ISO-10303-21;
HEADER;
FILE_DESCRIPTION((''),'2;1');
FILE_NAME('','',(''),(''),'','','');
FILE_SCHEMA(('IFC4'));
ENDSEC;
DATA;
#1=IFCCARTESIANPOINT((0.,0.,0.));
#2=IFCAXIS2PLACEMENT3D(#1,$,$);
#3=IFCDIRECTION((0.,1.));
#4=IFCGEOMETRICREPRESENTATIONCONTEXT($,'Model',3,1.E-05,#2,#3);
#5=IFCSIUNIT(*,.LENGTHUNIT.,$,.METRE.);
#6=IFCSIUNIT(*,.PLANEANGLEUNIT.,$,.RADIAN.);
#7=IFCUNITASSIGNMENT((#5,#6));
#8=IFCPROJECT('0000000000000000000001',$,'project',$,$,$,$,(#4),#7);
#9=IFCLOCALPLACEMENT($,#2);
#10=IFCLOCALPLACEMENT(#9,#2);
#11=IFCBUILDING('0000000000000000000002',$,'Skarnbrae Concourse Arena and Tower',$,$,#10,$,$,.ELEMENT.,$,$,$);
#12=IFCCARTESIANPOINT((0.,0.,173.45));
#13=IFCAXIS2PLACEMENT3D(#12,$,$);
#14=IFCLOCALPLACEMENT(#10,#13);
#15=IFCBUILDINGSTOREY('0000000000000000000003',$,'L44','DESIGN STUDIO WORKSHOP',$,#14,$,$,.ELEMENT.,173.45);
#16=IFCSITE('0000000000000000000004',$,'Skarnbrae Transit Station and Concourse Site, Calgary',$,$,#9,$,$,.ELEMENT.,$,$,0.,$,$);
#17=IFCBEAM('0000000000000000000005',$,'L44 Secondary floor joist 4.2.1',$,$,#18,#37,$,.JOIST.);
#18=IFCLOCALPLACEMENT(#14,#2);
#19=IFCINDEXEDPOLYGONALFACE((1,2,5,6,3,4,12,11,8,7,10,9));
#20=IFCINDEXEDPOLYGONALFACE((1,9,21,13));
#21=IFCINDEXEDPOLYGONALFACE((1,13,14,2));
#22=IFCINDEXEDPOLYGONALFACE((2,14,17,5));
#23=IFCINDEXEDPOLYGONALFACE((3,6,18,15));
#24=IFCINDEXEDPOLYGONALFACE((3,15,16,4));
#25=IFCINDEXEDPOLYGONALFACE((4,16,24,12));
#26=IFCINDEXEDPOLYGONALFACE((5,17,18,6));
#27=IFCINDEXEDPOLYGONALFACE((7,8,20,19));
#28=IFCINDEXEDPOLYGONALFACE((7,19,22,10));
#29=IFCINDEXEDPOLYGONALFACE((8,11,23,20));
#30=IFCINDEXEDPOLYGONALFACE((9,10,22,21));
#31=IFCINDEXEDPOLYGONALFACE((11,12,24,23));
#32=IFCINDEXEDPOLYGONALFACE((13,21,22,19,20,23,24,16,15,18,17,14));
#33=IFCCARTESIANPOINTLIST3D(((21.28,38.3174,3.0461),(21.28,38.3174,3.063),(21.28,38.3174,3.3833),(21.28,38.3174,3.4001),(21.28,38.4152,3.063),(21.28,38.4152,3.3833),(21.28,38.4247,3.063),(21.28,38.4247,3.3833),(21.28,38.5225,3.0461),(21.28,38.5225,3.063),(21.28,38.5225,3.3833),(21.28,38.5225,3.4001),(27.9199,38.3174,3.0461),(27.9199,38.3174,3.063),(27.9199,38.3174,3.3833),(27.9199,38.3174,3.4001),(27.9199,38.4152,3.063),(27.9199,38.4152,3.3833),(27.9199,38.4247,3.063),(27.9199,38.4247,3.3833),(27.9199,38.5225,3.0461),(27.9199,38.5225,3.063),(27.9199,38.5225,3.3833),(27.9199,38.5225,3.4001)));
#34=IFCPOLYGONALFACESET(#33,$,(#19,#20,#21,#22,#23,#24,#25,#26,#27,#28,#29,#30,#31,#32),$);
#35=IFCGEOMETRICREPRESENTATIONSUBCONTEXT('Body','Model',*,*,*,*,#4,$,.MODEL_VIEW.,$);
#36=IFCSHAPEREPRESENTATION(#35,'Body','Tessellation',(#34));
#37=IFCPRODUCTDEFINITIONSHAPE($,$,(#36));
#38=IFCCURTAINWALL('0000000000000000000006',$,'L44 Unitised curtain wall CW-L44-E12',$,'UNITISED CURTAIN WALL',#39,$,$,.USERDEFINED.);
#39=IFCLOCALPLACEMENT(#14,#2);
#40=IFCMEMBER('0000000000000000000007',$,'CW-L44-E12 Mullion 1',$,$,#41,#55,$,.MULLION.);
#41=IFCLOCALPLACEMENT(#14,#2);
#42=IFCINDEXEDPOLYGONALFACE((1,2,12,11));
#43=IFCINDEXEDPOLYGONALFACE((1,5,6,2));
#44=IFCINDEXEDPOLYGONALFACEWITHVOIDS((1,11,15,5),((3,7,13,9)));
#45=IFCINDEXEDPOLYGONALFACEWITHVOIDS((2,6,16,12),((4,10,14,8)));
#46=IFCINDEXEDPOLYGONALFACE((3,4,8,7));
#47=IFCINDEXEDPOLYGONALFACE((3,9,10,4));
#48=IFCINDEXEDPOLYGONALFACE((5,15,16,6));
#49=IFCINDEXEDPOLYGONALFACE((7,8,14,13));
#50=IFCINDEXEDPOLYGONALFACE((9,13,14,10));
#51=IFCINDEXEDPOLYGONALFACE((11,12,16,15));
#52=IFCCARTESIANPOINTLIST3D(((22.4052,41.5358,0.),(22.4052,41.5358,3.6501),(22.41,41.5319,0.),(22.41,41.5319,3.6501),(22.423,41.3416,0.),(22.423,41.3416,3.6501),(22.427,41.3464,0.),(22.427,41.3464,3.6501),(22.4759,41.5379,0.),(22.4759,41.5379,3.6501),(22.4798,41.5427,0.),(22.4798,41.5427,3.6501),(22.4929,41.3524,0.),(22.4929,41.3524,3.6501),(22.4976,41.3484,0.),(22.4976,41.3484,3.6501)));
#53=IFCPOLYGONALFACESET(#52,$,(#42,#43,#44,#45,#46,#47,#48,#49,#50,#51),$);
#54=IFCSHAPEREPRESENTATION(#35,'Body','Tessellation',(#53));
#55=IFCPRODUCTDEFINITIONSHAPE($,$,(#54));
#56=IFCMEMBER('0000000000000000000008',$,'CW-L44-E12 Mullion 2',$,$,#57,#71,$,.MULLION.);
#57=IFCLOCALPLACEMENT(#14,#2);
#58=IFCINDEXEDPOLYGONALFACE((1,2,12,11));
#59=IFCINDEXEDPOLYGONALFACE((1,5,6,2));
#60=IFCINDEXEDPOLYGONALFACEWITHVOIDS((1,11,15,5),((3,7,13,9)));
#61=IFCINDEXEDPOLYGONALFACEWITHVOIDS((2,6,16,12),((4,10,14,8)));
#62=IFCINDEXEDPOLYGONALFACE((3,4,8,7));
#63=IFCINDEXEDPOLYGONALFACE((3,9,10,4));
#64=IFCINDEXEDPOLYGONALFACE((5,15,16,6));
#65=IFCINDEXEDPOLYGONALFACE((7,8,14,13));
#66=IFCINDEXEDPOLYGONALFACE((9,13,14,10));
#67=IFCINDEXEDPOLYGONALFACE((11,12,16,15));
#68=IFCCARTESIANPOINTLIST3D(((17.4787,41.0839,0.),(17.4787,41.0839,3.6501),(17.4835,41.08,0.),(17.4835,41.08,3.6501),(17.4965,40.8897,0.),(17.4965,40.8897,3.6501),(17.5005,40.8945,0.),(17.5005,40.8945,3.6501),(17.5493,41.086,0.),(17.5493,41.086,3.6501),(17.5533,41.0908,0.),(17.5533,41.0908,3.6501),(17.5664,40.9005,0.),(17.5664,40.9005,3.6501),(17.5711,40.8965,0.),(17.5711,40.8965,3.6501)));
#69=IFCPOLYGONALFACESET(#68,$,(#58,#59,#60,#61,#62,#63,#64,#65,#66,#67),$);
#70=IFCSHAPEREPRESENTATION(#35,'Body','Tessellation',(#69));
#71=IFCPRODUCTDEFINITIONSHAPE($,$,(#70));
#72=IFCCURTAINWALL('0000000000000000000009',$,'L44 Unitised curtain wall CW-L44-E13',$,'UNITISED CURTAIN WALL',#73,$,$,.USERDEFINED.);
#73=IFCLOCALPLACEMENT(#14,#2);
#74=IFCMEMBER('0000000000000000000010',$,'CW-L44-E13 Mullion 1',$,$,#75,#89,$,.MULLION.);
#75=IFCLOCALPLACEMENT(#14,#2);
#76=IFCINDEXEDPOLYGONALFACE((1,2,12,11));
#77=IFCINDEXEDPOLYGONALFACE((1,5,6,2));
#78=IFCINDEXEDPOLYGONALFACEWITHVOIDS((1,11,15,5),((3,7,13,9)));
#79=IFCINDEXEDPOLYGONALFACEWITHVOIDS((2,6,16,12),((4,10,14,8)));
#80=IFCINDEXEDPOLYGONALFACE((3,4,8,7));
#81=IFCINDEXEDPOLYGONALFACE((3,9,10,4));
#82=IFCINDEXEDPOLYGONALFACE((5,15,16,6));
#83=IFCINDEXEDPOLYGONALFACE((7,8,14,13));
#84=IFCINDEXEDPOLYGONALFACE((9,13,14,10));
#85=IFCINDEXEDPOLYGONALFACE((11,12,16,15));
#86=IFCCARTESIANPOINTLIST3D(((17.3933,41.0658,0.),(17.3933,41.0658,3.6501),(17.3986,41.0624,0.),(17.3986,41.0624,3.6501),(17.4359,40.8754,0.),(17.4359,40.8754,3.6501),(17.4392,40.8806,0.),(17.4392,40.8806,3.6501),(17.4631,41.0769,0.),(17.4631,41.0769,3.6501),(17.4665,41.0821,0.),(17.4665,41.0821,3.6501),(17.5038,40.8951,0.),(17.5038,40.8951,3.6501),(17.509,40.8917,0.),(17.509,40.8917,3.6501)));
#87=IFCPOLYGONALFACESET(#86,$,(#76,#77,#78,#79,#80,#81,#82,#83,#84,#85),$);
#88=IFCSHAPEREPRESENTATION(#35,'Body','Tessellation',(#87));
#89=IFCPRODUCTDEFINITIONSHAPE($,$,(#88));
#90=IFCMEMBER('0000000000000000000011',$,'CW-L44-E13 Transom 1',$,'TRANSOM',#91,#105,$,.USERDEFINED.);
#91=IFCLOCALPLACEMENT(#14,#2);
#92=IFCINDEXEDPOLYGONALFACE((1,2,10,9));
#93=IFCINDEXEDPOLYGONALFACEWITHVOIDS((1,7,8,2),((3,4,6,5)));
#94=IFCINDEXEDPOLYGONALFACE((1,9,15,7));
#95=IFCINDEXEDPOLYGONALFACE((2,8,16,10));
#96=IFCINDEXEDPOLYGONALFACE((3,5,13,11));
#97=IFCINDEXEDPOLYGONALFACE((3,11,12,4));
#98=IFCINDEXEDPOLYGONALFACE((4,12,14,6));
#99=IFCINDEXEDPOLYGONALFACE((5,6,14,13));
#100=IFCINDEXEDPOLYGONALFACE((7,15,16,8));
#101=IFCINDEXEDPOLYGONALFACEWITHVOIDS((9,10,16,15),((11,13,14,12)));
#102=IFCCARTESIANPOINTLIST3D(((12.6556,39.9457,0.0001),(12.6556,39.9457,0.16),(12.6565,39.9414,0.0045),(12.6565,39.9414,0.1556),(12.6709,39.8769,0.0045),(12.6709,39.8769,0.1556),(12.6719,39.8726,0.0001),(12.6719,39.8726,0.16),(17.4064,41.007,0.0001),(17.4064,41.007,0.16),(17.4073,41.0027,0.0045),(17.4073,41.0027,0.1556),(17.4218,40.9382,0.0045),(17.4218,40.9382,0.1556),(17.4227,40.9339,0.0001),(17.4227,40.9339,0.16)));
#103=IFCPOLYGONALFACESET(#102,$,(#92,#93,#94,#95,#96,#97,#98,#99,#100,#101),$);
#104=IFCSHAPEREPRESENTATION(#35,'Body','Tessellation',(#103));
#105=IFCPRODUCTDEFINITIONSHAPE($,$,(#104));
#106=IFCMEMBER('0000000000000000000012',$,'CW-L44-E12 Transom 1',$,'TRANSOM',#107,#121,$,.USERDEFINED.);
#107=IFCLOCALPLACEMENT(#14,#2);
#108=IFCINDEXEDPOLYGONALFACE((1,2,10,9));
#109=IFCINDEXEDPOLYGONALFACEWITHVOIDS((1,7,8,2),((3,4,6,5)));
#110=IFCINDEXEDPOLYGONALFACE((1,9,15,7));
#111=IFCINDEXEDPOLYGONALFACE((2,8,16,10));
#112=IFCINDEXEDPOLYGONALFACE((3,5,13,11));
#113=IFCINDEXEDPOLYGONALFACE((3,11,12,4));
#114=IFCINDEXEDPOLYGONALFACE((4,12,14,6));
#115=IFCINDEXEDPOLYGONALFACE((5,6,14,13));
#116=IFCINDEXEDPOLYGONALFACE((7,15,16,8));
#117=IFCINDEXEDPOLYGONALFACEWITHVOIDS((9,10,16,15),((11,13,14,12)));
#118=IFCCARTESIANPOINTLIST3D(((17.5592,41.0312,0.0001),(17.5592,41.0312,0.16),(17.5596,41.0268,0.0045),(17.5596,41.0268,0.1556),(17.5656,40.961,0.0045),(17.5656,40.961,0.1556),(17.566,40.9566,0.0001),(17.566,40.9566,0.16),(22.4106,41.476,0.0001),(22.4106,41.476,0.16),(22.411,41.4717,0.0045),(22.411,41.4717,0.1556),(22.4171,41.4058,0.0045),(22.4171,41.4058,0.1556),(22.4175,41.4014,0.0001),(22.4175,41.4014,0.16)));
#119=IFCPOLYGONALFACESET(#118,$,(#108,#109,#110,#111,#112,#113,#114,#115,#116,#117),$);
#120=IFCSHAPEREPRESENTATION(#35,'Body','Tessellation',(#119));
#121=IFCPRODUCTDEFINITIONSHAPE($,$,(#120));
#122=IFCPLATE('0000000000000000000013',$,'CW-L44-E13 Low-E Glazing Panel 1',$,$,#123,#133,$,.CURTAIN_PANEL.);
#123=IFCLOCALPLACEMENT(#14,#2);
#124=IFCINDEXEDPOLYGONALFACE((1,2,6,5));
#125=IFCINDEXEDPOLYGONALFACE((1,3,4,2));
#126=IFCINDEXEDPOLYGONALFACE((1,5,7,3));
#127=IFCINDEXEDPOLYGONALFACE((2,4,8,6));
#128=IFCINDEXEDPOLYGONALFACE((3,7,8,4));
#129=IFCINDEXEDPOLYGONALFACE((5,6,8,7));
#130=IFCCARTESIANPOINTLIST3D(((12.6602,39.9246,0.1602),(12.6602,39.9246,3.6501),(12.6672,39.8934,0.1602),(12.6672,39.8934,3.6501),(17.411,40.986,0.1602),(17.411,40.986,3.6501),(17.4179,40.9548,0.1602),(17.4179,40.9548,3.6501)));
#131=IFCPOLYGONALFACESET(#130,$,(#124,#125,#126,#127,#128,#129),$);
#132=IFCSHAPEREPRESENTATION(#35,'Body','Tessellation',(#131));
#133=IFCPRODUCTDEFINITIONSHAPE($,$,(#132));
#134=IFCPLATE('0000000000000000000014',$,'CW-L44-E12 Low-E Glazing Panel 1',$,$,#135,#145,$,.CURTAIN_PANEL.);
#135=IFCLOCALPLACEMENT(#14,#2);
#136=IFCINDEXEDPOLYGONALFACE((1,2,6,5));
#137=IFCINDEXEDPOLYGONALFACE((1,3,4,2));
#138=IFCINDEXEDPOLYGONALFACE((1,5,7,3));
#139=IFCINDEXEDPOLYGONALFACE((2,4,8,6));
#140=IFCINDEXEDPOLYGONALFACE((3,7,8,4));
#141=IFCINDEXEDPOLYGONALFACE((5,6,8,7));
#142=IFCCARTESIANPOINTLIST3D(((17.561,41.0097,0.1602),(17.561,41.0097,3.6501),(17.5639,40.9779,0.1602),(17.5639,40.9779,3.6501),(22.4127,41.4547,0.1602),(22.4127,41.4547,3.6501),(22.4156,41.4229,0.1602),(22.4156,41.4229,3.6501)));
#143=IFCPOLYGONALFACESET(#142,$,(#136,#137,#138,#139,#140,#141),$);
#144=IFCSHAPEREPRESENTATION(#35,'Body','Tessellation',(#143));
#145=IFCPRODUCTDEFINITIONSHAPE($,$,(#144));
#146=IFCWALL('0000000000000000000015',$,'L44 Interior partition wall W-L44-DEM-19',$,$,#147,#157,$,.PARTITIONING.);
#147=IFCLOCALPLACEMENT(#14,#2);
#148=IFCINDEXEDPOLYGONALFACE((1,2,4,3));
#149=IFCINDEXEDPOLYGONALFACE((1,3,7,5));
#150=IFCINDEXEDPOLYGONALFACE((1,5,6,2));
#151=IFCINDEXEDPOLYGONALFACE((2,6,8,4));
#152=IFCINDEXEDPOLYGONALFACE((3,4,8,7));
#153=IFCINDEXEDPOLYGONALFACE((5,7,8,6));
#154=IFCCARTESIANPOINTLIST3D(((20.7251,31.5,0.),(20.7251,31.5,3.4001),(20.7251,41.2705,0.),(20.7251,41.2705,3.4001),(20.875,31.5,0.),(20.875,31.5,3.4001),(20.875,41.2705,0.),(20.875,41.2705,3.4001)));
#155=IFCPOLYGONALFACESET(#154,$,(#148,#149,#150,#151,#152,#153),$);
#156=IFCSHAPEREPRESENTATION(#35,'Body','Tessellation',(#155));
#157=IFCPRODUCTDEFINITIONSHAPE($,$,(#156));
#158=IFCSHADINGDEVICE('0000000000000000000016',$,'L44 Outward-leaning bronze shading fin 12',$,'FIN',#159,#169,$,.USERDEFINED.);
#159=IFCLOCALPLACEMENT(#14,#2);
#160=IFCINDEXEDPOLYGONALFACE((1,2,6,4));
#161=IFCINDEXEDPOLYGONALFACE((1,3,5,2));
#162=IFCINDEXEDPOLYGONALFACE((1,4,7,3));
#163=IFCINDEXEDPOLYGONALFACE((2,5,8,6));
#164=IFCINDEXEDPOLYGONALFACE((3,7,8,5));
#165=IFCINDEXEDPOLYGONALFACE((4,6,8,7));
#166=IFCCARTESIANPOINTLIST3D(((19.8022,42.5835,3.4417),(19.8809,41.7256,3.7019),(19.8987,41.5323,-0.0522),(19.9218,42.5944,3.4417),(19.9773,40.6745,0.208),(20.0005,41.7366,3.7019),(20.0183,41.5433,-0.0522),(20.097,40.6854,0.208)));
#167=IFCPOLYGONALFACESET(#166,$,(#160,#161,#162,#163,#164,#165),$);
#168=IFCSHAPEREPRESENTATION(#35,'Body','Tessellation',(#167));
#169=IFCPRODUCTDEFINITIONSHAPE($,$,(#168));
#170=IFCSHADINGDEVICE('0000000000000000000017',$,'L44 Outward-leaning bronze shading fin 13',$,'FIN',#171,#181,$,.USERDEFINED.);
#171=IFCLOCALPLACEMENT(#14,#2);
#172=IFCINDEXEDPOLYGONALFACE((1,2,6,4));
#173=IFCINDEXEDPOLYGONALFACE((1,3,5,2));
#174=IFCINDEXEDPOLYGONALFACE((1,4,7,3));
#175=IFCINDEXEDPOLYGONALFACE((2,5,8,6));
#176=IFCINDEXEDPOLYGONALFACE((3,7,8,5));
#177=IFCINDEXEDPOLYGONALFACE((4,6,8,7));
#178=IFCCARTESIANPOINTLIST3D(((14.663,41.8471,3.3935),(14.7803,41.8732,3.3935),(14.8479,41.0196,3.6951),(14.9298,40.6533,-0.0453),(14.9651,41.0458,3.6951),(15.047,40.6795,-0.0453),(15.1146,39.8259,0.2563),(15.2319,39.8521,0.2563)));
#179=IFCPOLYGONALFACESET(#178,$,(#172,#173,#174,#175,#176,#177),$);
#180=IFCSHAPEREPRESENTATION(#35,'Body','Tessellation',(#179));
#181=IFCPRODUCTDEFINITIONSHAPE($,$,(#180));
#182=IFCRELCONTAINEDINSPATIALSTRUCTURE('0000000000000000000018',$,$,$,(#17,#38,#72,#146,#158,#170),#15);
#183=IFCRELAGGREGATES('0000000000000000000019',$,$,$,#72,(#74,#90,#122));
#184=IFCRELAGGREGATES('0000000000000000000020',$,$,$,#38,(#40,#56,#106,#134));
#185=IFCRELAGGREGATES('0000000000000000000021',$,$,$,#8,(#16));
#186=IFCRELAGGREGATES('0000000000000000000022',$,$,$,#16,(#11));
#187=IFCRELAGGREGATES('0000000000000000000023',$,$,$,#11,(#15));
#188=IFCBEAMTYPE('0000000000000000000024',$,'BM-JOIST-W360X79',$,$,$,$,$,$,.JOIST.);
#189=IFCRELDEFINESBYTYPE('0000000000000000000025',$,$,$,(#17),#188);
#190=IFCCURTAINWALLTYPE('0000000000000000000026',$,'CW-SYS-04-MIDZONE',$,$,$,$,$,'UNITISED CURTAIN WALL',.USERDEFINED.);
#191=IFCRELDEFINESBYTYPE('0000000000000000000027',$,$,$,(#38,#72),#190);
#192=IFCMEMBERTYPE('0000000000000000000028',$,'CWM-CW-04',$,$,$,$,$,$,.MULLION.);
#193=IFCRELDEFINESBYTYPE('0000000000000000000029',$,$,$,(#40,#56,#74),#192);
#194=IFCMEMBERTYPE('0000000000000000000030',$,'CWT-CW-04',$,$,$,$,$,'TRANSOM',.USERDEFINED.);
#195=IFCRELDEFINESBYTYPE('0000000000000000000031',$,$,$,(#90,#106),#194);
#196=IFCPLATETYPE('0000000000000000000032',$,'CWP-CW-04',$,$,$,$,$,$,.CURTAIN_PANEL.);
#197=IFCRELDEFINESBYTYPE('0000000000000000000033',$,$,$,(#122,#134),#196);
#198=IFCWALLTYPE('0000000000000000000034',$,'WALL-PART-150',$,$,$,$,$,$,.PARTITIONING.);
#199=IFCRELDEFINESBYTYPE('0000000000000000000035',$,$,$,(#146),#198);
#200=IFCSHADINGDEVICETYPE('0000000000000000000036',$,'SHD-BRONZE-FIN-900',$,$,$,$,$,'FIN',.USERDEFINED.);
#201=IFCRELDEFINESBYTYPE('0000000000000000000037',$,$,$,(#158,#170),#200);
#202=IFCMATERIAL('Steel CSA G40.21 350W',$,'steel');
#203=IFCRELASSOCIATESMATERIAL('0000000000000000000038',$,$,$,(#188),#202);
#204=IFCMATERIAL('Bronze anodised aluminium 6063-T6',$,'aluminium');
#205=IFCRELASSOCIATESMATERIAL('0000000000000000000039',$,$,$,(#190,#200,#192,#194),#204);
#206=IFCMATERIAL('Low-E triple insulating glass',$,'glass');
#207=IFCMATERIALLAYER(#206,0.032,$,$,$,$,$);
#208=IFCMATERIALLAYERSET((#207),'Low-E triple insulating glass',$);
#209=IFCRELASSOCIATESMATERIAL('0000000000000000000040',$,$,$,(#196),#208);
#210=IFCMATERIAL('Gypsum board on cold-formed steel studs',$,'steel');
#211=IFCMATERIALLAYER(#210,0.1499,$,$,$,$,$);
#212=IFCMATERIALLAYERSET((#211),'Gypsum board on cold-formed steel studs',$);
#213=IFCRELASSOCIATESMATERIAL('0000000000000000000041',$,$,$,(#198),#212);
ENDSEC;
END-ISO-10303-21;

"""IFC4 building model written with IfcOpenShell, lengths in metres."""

from ifc_helpers import new_model, si_unit, direction, frame, frame_2d, origin, origin_2d, place, context, subcontext, project, spatial, rectangle, hollow_rectangle, i_section, extrude, source, transform, mapped, material, layer, layer_set, material_profile, profile_set, type_object, element, aggregate, save


model = new_model("IFC4")

# Units and contexts
model_context = context("Model", 3, precision=1e-05, world=origin(), true_north=direction((0.0, 1.0)))
body_context = subcontext(model_context, "Body", "Model", "MODEL_VIEW")
ifc_project = project(units=[si_unit("LENGTHUNIT", "METRE"), si_unit("PLANEANGLEUNIT", "RADIAN")], contexts=[model_context])

# Site, building, storey
site_placement = place(None, origin())
site = spatial("IfcSite", under=ifc_project, at=site_placement, Name="Skarnbrae Transit Station and Concourse Site, Calgary", CompositionType="ELEMENT", RefElevation=0.0)
building_placement = place(site_placement, origin())
building = spatial("IfcBuilding", under=site, at=building_placement, Name="Skarnbrae Concourse Arena and Tower", CompositionType="ELEMENT")
storey_placement = place(building_placement, frame((0.0, 0.0, 173.45)))
storey = spatial("IfcBuildingStorey", under=building, at=storey_placement, Name="L44", Description="DESIGN STUDIO WORKSHOP", CompositionType="ELEMENT", Elevation=173.45)

# Shared definitions
ifc_material_1 = material(Name="Steel CSA G40.21 350W", Category="steel")

# Beam
ifc_material_profile_1 = material_profile(ifc_material_1, i_section(OverallWidth=0.2051, OverallDepth=0.354, WebThickness=0.0095, FlangeThickness=0.0168, at=origin_2d()), Name="W360X79")
ifc_profile_set_1 = profile_set([ifc_material_profile_1], Name="Steel CSA G40.21 350W")
beam_type_1 = type_object("IfcBeamType", Name="BM-JOIST-W360X79", PredefinedType="JOIST", material=ifc_profile_set_1)
shared_shape_1 = source(origin(), body_context, "Body", "SweptSolid", [
    extrude(i_section(OverallWidth=0.2051, OverallDepth=0.354, WebThickness=0.0095, FlangeThickness=0.0168, at=origin_2d()), origin(), (0.0, 0.0, 1.0), 6.6399),
])
for number, where, z_axis, x_axis, name in (
    (1, (21.28, 38.4199, 3.2231), (1.0, 0.0, 0.0), (0.0, 1.0, 0.0), "L44 Secondary floor joist 4.2.1"),
):
    element("IfcBeam", number, at=place(storey_placement, frame(where, z_axis=z_axis, x_axis=x_axis)), inside=storey, type_object=beam_type_1, Name=name, PredefinedType="JOIST", context=body_context, shape_type="MappedRepresentation", body=[
        mapped(shared_shape_1, transform((0.0, 0.0, 0.0))),
    ])

# Curtain walls, members
ifc_material_2 = material(Name="Bronze anodised aluminium 6063-T6", Category="aluminium")
curtain_wall_type = type_object("IfcCurtainWallType", Name="CW-SYS-04-MIDZONE", ElementType="UNITISED CURTAIN WALL", PredefinedType="USERDEFINED", material=ifc_material_2)
curtain_wall_1_placement = place(storey_placement, origin())
curtain_wall_1 = element("IfcCurtainWall", 2, at=curtain_wall_1_placement, inside=storey, type_object=curtain_wall_type, Name="L44 Unitised curtain wall CW-L44-E12", ObjectType="UNITISED CURTAIN WALL", PredefinedType="USERDEFINED")
ifc_material_profile_2 = material_profile(ifc_material_2, hollow_rectangle(XDim=0.075, YDim=0.1951, WallThickness=0.0044, at=origin_2d()), Name="ALU-MULL-75X195")
ifc_profile_set_2 = profile_set([ifc_material_profile_2], Name="Bronze anodised aluminium 6063-T6")
member_type_1 = type_object("IfcMemberType", Name="CWM-CW-04", PredefinedType="MULLION", material=ifc_profile_set_2)
shared_shape_2 = source(origin(), body_context, "Body", "SweptSolid", [
    extrude(hollow_rectangle(XDim=0.075, YDim=0.1951, WallThickness=0.0044, at=origin_2d()), origin(), (0.0, 0.0, 1.0), 3.6501),
])
member_1_placement = place(storey_placement, frame((22.4514, 41.4421, 0.0), z_axis=(0.0, 0.0, 1.0), x_axis=(-0.99582, -0.091338, 0.0)))
member_1 = element("IfcMember", 3, at=member_1_placement, type_object=member_type_1, Name="CW-L44-E12 Mullion 1", PredefinedType="MULLION", context=body_context, shape_type="MappedRepresentation", body=[
    mapped(shared_shape_2, transform((0.0, 0.0, 0.0))),
])
member_2_placement = place(storey_placement, frame((17.5249, 40.9902, 0.0), z_axis=(0.0, 0.0, 1.0), x_axis=(-0.99582, -0.091338, 0.0)))
member_2 = element("IfcMember", 4, at=member_2_placement, type_object=member_type_1, Name="CW-L44-E12 Mullion 2", PredefinedType="MULLION", context=body_context, shape_type="MappedRepresentation", body=[
    mapped(shared_shape_2, transform((0.0, 0.0, 0.0))),
])
curtain_wall_2_placement = place(storey_placement, origin())
curtain_wall_2 = element("IfcCurtainWall", 5, at=curtain_wall_2_placement, inside=storey, type_object=curtain_wall_type, Name="L44 Unitised curtain wall CW-L44-E13", ObjectType="UNITISED CURTAIN WALL", PredefinedType="USERDEFINED")
member_3_placement = place(storey_placement, frame((17.4512, 40.9788, 0.0), z_axis=(0.0, 0.0, 1.0), x_axis=(-0.975936, -0.218056, 0.0)))
member_3 = element("IfcMember", 6, at=member_3_placement, type_object=member_type_1, Name="CW-L44-E13 Mullion 1", PredefinedType="MULLION", context=body_context, shape_type="MappedRepresentation", body=[
    mapped(shared_shape_2, transform((0.0, 0.0, 0.0))),
])
ifc_material_profile_3 = material_profile(ifc_material_2, hollow_rectangle(XDim=0.075, YDim=0.1599, WallThickness=0.0044, at=origin_2d()), Name="ALU-TRAN-75X160")
ifc_profile_set_3 = profile_set([ifc_material_profile_3], Name="Bronze anodised aluminium 6063-T6")
member_type_2 = type_object("IfcMemberType", Name="CWT-CW-04", ElementType="TRANSOM", PredefinedType="USERDEFINED", material=ifc_profile_set_3)
shared_shape_3 = source(origin(), body_context, "Body", "SweptSolid", [
    extrude(hollow_rectangle(XDim=0.075, YDim=0.1599, WallThickness=0.0044, at=origin_2d()), origin(), (0.0, 0.0, 1.0), 4.8679),
])
member_4_placement = place(storey_placement, frame((17.4146, 40.9705, 0.0801), z_axis=(-0.975945, -0.218019, 0.0), x_axis=(0.218019, -0.975945, 0.0)))
member_4 = element("IfcMember", 7, at=member_4_placement, type_object=member_type_2, Name="CW-L44-E13 Transom 1", ObjectType="TRANSOM", PredefinedType="USERDEFINED", context=body_context, shape_type="MappedRepresentation", body=[
    mapped(shared_shape_3, transform((0.0, 0.0, 0.0))),
])

# Member
shared_shape_4 = source(origin(), body_context, "Body", "SweptSolid", [
    extrude(hollow_rectangle(XDim=0.075, YDim=0.1599, WallThickness=0.0044, at=origin_2d()), origin(), (0.0, 0.0, 1.0), 4.8718),
])
member_5_placement = place(storey_placement, frame((22.4141, 41.4387, 0.0801), z_axis=(-0.995823, -0.091304, 0.0), x_axis=(0.091304, -0.995823, 0.0)))
member_5 = element("IfcMember", 8, at=member_5_placement, type_object=member_type_2, Name="CW-L44-E12 Transom 1", ObjectType="TRANSOM", PredefinedType="USERDEFINED", context=body_context, shape_type="MappedRepresentation", body=[
    mapped(shared_shape_4, transform((0.0, 0.0, 0.0))),
])

# Plates
ifc_material_3 = material(Name="Low-E triple insulating glass", Category="glass")
ifc_layer_1 = layer(ifc_material_3, 0.032)
ifc_layer_set_1 = layer_set([ifc_layer_1], Name="Low-E triple insulating glass")
plate_type = type_object("IfcPlateType", Name="CWP-CW-04", PredefinedType="CURTAIN_PANEL", material=ifc_layer_set_1)
shared_shape_5 = source(origin(), body_context, "Body", "SweptSolid", [
    extrude(rectangle(XDim=4.8679, YDim=0.032, at=origin_2d()), origin(), (0.0, 0.0, 1.0), 3.49),
])
plate_1_placement = place(storey_placement, frame((15.0391, 40.4397, 0.1602), z_axis=(0.0, 0.0, 1.0), x_axis=(-0.975936, -0.218056, 0.0)))
plate_1 = element("IfcPlate", 9, at=plate_1_placement, type_object=plate_type, Name="CW-L44-E13 Low-E Glazing Panel 1", PredefinedType="CURTAIN_PANEL", context=body_context, shape_type="MappedRepresentation", body=[
    mapped(shared_shape_5, transform((0.0, 0.0, 0.0))),
])
aggregate(curtain_wall_2, [member_3, member_4, plate_1])
shared_shape_6 = source(origin(), body_context, "Body", "SweptSolid", [
    extrude(rectangle(XDim=4.8721, YDim=0.032, at=origin_2d()), origin(), (0.0, 0.0, 1.0), 3.49),
])
plate_2_placement = place(storey_placement, frame((19.9883, 41.2163, 0.1602), z_axis=(0.0, 0.0, 1.0), x_axis=(-0.99582, -0.091338, 0.0)))
plate_2 = element("IfcPlate", 10, at=plate_2_placement, type_object=plate_type, Name="CW-L44-E12 Low-E Glazing Panel 1", PredefinedType="CURTAIN_PANEL", context=body_context, shape_type="MappedRepresentation", body=[
    mapped(shared_shape_6, transform((0.0, 0.0, 0.0))),
])
aggregate(curtain_wall_1, [member_1, member_2, member_5, plate_2])

# Wall
ifc_material_4 = material(Name="Gypsum board on cold-formed steel studs", Category="steel")
ifc_layer_2 = layer(ifc_material_4, 0.1499)
ifc_layer_set_2 = layer_set([ifc_layer_2], Name="Gypsum board on cold-formed steel studs")
wall_type = type_object("IfcWallType", Name="WALL-PART-150", PredefinedType="PARTITIONING", material=ifc_layer_set_2)
shared_shape_7 = source(origin(), body_context, "Body", "SweptSolid", [
    extrude(rectangle(XDim=9.7705, YDim=0.1499, at=frame_2d((4.8853, 0.0))), origin(), (0.0, 0.0, 1.0), 3.4001),
])
wall_placement = place(storey_placement, frame((20.8, 41.2705, 0.0), z_axis=(0.0, 0.0, 1.0), x_axis=(0.0, -1.0, 0.0)))
element("IfcWall", 11, at=wall_placement, inside=storey, type_object=wall_type, Name="L44 Interior partition wall W-L44-DEM-19", PredefinedType="PARTITIONING", context=body_context, shape_type="MappedRepresentation", body=[
    mapped(shared_shape_7, transform((0.0, 0.0, 0.0))),
])

# Shading devices
shading_device_type = type_object("IfcShadingDeviceType", Name="SHD-BRONZE-FIN-900", ElementType="FIN", PredefinedType="USERDEFINED", material=ifc_material_2)
shared_shape_8 = source(origin(), body_context, "Body", "SweptSolid", [
    extrude(rectangle(XDim=0.1201, YDim=0.8999, at=origin_2d()), origin(), (0.0, 0.0, 1.0), 3.6499),
])
for number, where, z_axis, x_axis, name in (
    (12, (19.9978, 41.1089, 0.0779), (-0.026417, 0.28799, 0.957269), (0.995819, 0.091345, 0.0), "L44 Outward-leaning bronze shading fin 12"),
    (13, (15.0808, 40.2527, 0.1055), (-0.073076, 0.327058, 0.942174), (0.975936, 0.218058, 0.0), "L44 Outward-leaning bronze shading fin 13"),
):
    element("IfcShadingDevice", number, at=place(storey_placement, frame(where, z_axis=z_axis, x_axis=x_axis)), inside=storey, type_object=shading_device_type, Name=name, ObjectType="FIN", PredefinedType="USERDEFINED", context=body_context, shape_type="MappedRepresentation", body=[
        mapped(shared_shape_8, transform((0.0, 0.0, 0.0))),
    ])

save(model, "model.ifc")
